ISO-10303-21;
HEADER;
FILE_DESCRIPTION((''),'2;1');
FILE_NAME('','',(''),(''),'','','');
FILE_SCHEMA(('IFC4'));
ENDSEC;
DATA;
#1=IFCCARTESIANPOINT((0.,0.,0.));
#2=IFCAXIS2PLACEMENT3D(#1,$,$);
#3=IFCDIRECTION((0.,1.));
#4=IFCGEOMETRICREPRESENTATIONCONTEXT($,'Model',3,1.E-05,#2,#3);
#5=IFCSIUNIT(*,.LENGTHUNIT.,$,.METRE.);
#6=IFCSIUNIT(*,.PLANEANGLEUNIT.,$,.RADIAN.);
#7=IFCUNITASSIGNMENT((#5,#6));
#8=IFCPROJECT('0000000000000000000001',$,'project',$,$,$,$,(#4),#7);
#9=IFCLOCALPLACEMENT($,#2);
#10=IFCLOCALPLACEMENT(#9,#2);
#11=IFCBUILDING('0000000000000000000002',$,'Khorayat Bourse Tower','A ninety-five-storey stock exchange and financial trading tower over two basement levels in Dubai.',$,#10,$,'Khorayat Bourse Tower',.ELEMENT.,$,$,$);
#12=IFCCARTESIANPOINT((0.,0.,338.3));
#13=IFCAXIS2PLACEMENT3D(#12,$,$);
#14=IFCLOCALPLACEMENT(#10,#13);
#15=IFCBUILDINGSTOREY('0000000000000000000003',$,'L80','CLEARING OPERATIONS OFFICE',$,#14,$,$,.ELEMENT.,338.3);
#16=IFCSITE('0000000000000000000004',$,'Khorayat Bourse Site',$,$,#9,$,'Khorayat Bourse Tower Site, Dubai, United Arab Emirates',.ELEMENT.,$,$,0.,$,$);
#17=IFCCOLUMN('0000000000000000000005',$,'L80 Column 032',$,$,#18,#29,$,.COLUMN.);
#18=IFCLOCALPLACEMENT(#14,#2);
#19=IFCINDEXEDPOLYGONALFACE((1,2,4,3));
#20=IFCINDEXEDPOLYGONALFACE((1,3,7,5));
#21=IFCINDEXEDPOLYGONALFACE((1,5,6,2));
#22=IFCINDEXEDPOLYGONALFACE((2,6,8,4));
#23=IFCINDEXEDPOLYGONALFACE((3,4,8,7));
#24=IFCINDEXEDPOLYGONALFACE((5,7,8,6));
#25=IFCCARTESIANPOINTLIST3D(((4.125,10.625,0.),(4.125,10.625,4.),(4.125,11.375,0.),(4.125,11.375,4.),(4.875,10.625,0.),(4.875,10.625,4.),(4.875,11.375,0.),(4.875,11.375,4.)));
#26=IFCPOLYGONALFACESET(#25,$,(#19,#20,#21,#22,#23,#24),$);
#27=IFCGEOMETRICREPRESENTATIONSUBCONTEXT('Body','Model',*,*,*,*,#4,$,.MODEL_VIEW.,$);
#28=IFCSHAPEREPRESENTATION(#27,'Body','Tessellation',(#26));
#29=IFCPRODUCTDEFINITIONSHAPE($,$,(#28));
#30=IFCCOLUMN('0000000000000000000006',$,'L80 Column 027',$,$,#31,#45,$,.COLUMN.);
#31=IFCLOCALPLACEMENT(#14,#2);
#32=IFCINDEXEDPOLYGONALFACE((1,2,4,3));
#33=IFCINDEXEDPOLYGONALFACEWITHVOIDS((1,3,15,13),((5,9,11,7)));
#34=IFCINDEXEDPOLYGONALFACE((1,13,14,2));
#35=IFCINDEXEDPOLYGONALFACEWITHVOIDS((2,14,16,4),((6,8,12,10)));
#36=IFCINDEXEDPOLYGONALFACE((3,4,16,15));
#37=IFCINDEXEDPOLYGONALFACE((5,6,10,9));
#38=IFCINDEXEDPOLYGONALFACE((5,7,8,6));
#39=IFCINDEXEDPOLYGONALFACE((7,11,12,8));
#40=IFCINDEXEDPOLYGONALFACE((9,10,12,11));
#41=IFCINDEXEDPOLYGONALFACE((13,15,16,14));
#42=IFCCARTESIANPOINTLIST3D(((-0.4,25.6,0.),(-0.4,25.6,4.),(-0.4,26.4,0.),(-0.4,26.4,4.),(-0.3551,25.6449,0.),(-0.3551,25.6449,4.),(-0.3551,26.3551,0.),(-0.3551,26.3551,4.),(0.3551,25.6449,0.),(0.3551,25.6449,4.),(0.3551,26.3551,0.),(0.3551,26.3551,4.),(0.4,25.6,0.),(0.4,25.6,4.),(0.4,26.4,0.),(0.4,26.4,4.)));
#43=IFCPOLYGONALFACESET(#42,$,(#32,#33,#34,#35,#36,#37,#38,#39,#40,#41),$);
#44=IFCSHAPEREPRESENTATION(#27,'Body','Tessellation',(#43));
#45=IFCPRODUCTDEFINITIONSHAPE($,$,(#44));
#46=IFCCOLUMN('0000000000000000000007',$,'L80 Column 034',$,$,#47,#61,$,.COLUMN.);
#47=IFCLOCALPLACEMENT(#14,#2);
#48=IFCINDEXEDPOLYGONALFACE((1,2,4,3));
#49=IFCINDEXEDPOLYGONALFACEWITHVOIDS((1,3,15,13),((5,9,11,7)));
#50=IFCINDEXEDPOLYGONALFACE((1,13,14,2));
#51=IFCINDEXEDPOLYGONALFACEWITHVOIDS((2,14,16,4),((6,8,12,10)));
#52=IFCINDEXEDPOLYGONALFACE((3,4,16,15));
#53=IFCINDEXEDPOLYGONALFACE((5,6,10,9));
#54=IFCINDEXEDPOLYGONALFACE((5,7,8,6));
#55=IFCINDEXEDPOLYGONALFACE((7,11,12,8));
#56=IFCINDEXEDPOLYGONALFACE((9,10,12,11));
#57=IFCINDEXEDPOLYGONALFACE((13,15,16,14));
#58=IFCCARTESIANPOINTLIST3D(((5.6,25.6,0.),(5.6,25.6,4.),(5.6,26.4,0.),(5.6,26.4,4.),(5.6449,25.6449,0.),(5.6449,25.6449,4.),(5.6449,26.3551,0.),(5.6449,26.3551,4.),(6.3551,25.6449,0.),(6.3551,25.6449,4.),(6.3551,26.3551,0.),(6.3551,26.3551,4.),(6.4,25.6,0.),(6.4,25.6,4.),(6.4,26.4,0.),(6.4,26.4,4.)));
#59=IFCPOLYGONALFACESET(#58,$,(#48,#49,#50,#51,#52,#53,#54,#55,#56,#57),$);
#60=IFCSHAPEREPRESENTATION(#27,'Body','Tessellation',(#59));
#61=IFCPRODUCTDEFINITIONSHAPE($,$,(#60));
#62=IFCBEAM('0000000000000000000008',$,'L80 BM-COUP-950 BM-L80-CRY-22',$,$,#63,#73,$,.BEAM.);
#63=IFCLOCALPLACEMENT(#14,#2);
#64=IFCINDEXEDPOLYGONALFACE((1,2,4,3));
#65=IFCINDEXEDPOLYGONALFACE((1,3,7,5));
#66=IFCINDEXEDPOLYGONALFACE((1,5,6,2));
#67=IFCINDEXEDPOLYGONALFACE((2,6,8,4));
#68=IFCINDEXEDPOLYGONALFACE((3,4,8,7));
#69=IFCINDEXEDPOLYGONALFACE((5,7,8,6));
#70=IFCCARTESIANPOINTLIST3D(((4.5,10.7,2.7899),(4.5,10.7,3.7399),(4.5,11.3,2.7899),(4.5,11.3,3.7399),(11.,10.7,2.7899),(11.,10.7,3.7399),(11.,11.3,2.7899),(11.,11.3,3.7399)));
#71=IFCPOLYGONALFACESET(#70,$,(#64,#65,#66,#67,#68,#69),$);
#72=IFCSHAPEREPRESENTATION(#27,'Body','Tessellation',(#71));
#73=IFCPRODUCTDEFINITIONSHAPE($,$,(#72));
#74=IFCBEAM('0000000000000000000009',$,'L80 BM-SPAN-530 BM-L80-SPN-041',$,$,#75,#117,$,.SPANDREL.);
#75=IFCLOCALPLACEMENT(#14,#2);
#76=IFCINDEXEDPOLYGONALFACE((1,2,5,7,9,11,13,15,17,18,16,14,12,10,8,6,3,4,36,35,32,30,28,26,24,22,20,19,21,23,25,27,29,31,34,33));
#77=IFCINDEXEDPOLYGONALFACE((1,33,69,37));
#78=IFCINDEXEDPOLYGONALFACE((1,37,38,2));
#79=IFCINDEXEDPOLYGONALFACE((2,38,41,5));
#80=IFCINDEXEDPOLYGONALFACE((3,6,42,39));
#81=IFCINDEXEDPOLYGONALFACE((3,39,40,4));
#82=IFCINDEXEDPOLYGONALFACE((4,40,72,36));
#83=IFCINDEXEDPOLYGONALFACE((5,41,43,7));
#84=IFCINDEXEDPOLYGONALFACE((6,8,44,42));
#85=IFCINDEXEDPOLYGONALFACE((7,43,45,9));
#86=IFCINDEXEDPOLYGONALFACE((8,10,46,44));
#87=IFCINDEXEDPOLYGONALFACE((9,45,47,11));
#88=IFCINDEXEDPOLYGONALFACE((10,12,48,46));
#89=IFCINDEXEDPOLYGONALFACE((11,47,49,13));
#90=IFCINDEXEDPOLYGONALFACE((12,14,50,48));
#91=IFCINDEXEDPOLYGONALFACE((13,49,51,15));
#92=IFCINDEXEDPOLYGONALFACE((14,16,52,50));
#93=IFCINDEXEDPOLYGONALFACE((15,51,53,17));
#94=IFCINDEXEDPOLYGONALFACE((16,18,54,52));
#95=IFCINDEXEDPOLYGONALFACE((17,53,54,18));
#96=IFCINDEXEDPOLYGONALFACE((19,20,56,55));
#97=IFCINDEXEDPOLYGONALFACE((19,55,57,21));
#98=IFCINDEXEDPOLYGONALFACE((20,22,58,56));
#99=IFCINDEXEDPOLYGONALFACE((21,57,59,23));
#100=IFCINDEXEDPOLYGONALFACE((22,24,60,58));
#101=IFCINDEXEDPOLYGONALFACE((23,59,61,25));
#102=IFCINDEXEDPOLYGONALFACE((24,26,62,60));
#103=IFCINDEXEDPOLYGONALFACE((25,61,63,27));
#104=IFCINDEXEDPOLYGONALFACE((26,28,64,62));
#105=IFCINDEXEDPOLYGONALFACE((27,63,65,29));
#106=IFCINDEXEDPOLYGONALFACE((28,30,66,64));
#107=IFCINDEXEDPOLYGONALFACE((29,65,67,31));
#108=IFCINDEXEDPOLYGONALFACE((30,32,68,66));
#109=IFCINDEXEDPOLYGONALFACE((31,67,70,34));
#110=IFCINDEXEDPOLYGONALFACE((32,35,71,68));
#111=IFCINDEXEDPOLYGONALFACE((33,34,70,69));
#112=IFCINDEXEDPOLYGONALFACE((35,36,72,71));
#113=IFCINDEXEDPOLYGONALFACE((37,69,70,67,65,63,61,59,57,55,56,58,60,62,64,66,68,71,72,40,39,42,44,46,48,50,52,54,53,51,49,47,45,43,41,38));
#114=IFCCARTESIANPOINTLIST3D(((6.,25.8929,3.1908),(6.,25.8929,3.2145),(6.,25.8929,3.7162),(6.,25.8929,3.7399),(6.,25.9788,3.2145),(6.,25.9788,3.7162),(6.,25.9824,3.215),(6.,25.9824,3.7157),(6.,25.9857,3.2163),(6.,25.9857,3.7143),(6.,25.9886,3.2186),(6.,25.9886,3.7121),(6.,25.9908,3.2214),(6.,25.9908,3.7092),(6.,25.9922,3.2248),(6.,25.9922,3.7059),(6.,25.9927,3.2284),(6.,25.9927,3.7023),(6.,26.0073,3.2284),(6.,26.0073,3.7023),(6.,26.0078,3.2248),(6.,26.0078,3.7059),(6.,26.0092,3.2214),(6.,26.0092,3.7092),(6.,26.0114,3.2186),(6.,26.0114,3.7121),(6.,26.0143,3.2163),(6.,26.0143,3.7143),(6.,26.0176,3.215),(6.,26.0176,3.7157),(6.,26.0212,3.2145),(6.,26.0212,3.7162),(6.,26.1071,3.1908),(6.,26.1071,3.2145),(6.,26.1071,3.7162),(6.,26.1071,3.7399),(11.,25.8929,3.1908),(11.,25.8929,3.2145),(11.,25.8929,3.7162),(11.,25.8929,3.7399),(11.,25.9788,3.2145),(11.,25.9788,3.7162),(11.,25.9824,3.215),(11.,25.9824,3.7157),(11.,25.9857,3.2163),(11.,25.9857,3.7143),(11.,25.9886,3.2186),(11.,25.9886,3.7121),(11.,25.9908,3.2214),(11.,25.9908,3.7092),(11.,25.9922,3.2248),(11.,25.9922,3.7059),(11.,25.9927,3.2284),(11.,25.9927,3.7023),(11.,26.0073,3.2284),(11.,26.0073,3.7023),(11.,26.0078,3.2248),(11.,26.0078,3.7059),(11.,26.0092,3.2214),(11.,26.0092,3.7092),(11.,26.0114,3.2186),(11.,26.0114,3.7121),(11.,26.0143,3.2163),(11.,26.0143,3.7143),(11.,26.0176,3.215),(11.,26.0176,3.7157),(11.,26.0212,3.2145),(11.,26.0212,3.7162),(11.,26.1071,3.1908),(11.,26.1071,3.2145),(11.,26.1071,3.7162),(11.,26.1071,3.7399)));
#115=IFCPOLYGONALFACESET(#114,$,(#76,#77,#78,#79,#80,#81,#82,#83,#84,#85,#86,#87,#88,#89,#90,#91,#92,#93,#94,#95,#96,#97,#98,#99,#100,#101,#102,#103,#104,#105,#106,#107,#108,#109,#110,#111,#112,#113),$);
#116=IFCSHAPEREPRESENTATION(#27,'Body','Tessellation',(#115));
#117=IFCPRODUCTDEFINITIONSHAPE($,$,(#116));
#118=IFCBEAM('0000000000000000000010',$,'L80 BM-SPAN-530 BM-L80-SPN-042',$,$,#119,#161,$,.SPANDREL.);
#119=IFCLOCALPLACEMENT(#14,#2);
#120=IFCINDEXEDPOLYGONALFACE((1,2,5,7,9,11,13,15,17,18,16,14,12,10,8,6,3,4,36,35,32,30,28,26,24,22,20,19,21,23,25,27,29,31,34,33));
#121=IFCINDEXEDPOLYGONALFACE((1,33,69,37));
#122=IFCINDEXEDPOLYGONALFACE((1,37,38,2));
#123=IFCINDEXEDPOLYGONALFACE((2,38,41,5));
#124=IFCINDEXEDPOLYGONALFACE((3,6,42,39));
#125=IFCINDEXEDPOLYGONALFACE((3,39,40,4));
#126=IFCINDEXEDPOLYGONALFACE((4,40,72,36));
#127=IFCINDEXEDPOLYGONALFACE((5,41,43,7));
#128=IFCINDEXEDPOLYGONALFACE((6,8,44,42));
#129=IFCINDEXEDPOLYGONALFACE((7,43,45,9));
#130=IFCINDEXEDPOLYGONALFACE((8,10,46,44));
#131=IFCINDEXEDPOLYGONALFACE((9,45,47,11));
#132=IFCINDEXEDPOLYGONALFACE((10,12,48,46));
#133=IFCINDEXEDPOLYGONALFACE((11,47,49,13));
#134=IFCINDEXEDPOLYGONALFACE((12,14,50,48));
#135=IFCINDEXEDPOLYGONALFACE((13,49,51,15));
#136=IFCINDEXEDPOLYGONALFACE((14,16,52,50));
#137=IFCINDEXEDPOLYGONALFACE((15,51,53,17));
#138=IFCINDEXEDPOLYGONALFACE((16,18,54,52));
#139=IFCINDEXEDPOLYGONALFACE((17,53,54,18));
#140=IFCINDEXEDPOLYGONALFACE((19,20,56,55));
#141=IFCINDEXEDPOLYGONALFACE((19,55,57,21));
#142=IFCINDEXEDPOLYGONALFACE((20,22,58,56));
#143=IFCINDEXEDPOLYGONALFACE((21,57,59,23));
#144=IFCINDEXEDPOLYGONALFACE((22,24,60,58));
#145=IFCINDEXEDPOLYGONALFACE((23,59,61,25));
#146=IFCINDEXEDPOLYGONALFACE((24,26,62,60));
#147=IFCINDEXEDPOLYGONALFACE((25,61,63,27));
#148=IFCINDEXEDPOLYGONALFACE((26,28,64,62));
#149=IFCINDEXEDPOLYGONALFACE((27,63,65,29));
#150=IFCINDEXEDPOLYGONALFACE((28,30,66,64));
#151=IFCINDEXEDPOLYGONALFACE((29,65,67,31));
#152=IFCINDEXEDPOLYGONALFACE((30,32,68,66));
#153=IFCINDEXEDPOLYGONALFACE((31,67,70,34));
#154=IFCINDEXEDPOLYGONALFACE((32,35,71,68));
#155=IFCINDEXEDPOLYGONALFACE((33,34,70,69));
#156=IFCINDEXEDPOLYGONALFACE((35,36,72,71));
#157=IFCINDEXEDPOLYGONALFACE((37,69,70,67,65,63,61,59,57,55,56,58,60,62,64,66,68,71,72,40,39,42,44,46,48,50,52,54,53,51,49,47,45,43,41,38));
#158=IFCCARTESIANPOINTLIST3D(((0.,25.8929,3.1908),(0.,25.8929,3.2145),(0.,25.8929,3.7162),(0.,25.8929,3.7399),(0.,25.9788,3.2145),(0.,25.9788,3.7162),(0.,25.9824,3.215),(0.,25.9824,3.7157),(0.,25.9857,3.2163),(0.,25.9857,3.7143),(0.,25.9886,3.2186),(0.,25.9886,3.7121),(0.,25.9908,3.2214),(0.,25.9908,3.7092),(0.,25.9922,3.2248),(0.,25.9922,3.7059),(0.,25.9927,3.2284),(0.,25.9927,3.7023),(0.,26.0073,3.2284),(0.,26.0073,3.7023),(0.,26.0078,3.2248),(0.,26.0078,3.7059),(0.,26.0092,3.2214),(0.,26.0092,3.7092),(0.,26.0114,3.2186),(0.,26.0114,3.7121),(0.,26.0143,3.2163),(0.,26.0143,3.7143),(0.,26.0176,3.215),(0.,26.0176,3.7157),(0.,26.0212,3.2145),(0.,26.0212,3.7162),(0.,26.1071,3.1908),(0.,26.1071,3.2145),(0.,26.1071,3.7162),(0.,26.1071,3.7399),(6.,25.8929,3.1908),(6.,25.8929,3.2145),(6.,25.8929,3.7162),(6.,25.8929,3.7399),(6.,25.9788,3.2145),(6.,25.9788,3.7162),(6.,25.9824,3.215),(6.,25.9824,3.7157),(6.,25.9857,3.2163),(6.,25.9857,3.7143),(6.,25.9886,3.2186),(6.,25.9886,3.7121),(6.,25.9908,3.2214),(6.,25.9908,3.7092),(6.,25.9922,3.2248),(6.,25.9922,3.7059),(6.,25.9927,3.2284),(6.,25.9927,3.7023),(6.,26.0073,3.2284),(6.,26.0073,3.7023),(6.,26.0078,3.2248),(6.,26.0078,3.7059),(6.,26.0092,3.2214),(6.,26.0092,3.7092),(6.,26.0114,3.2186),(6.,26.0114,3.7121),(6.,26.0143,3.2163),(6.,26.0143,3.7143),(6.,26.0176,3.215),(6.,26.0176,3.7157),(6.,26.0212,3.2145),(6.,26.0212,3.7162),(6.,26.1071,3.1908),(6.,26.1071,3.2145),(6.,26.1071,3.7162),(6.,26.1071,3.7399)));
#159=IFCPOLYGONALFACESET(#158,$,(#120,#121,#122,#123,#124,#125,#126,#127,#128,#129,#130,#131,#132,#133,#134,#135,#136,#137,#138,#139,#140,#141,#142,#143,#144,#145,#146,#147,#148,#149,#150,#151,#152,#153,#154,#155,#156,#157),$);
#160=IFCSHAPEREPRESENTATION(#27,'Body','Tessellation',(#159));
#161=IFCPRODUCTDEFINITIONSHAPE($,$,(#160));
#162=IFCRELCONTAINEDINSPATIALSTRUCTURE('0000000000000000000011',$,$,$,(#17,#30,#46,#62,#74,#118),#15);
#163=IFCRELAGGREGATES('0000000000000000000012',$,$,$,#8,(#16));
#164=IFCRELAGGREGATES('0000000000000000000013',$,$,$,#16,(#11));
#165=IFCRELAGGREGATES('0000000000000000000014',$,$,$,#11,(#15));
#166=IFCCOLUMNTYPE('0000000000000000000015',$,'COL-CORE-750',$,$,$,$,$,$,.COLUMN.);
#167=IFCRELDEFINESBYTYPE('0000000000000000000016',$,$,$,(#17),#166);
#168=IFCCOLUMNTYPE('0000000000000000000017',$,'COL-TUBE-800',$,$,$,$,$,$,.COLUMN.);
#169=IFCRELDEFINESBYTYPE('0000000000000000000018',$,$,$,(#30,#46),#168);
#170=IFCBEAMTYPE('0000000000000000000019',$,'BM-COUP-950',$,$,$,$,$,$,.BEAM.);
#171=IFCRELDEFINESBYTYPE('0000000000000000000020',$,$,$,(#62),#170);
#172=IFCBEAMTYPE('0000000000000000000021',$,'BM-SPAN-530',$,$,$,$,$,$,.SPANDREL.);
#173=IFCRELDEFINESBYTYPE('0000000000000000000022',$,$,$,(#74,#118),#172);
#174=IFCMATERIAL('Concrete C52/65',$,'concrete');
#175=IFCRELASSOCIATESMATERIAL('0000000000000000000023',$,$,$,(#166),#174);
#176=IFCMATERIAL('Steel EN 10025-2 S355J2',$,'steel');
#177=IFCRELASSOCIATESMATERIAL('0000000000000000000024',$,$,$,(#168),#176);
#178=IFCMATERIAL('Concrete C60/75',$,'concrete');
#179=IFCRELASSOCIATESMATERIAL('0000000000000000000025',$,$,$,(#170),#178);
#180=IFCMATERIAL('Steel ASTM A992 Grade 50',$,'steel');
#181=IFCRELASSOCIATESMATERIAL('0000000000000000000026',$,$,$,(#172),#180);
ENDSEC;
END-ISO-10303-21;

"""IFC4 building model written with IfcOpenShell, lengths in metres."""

from ifc_helpers import new_model, si_unit, direction, frame, origin, origin_2d, place, context, subcontext, project, spatial, rectangle, hollow_rectangle, i_section, extrude, source, transform, mapped, material, material_profile, profile_set, type_object, element, save


model = new_model("IFC4")

# Units and contexts
model_context = context("Model", 3, precision=1e-05, world=origin(), true_north=direction((0.0, 1.0)))
body_context = subcontext(model_context, "Body", "Model", "MODEL_VIEW")
ifc_project = project(units=[si_unit("LENGTHUNIT", "METRE"), si_unit("PLANEANGLEUNIT", "RADIAN")], contexts=[model_context])

# Site, building, storey
site_placement = place(None, origin())
site = spatial("IfcSite", under=ifc_project, at=site_placement, Name="Khorayat Bourse Site", LongName="Khorayat Bourse Tower Site, Dubai, United Arab Emirates", CompositionType="ELEMENT", RefElevation=0.0)
building_placement = place(site_placement, origin())
building = spatial("IfcBuilding", under=site, at=building_placement, Name="Khorayat Bourse Tower", Description="A ninety-five-storey stock exchange and financial trading tower over two basement levels in Dubai.", LongName="Khorayat Bourse Tower", CompositionType="ELEMENT")
storey_placement = place(building_placement, frame((0.0, 0.0, 338.3)))
storey = spatial("IfcBuildingStorey", under=building, at=storey_placement, Name="L80", Description="CLEARING OPERATIONS OFFICE", CompositionType="ELEMENT", Elevation=338.3)

# Columns
ifc_material_1 = material(Name="Concrete C52/65", Category="concrete")
ifc_material_profile_1 = material_profile(ifc_material_1, rectangle(XDim=0.75, YDim=0.75, at=origin_2d()), Name="RC 750x750")
ifc_profile_set_1 = profile_set([ifc_material_profile_1], Name="Concrete C52/65")
column_type_1 = type_object("IfcColumnType", Name="COL-CORE-750", PredefinedType="COLUMN", material=ifc_profile_set_1)
shared_shape_1 = source(origin(), body_context, "Body", "SweptSolid", [
    extrude(rectangle(XDim=0.75, YDim=0.75, at=origin_2d()), origin(), (0.0, 0.0, 1.0), 4.0),
])
column_placement = place(storey_placement, frame((4.5, 11.0, 0.0), z_axis=(0.0, 0.0, 1.0), x_axis=(1.0, 0.0, 0.0)))
element("IfcColumn", 1, at=column_placement, inside=storey, type_object=column_type_1, Name="L80 Column 032", PredefinedType="COLUMN", context=body_context, shape_type="MappedRepresentation", body=[
    mapped(shared_shape_1, transform((0.0, 0.0, 0.0), scale=1.0)),
])
ifc_material_2 = material(Name="Steel EN 10025-2 S355J2", Category="steel")
ifc_material_profile_2 = material_profile(ifc_material_2, hollow_rectangle(XDim=0.8, YDim=0.8, WallThickness=0.0449, at=origin_2d()), Name="BOX 800x800x45")
ifc_profile_set_2 = profile_set([ifc_material_profile_2], Name="Steel EN 10025-2 S355J2")
column_type_2 = type_object("IfcColumnType", Name="COL-TUBE-800", PredefinedType="COLUMN", material=ifc_profile_set_2)
shared_shape_2 = source(origin(), body_context, "Body", "SweptSolid", [
    extrude(hollow_rectangle(XDim=0.8, YDim=0.8, WallThickness=0.0449, at=origin_2d()), origin(), (0.0, 0.0, 1.0), 4.0),
])
for number, where, z_axis, x_axis, name in (
    (2, (0.0, 26.0, 0.0), (0.0, 0.0, 1.0), (1.0, 0.0, 0.0), "L80 Column 027"),
    (3, (6.0, 26.0, 0.0), (0.0, 0.0, 1.0), (1.0, 0.0, 0.0), "L80 Column 034"),
):
    element("IfcColumn", number, at=place(storey_placement, frame(where, z_axis=z_axis, x_axis=x_axis)), inside=storey, type_object=column_type_2, Name=name, PredefinedType="COLUMN", context=body_context, shape_type="MappedRepresentation", body=[
        mapped(shared_shape_2, transform((0.0, 0.0, 0.0), scale=1.0)),
    ])

# Beams
ifc_material_3 = material(Name="Concrete C60/75", Category="concrete")
ifc_material_profile_3 = material_profile(ifc_material_3, rectangle(XDim=0.6001, YDim=0.95, at=origin_2d()), Name="RC 600x950")
ifc_profile_set_3 = profile_set([ifc_material_profile_3], Name="Concrete C60/75")
beam_type_1 = type_object("IfcBeamType", Name="BM-COUP-950", PredefinedType="BEAM", material=ifc_profile_set_3)
shared_shape_3 = source(origin(), body_context, "Body", "SweptSolid", [
    extrude(rectangle(XDim=0.6001, YDim=0.95, at=origin_2d()), origin(), (0.0, 0.0, 1.0), 6.5),
])
beam_1_placement = place(storey_placement, frame((4.5, 11.0, 3.2649), z_axis=(1.0, 0.0, 0.0), x_axis=(0.0, 1.0, 0.0)))
element("IfcBeam", 4, at=beam_1_placement, inside=storey, type_object=beam_type_1, Name="L80 BM-COUP-950 BM-L80-CRY-22", PredefinedType="BEAM", context=body_context, shape_type="MappedRepresentation", body=[
    mapped(shared_shape_3, transform((0.0, 0.0, 0.0), scale=1.0)),
])
ifc_material_4 = material(Name="Steel ASTM A992 Grade 50", Category="steel")
ifc_material_profile_4 = material_profile(ifc_material_4, i_section(OverallWidth=0.2141, OverallDepth=0.5491, WebThickness=0.0146, FlangeThickness=0.0237, FilletRadius=0.0139, at=origin_2d()), Name="W530X138")
ifc_profile_set_4 = profile_set([ifc_material_profile_4], Name="Steel ASTM A992 Grade 50")
beam_type_2 = type_object("IfcBeamType", Name="BM-SPAN-530", PredefinedType="SPANDREL", material=ifc_profile_set_4)
shared_shape_4 = source(origin(), body_context, "Body", "SweptSolid", [
    extrude(i_section(OverallWidth=0.2141, OverallDepth=0.5491, WebThickness=0.0146, FlangeThickness=0.0237, FilletRadius=0.0139, at=origin_2d()), origin(), (0.0, 0.0, 1.0), 5.0),
])
beam_2_placement = place(storey_placement, frame((6.0, 26.0, 3.4653), z_axis=(1.0, 0.0, 0.0), x_axis=(0.0, 1.0, 0.0)))
element("IfcBeam", 5, at=beam_2_placement, inside=storey, type_object=beam_type_2, Name="L80 BM-SPAN-530 BM-L80-SPN-041", PredefinedType="SPANDREL", context=body_context, shape_type="MappedRepresentation", body=[
    mapped(shared_shape_4, transform((0.0, 0.0, 0.0), scale=1.0)),
])
shared_shape_5 = source(origin(), body_context, "Body", "SweptSolid", [
    extrude(i_section(OverallWidth=0.2141, OverallDepth=0.5491, WebThickness=0.0146, FlangeThickness=0.0237, FilletRadius=0.0139, at=origin_2d()), origin(), (0.0, 0.0, 1.0), 6.0),
])
beam_3_placement = place(storey_placement, frame((0.0, 26.0, 3.4653), z_axis=(1.0, 0.0, 0.0), x_axis=(0.0, 1.0, 0.0)))
element("IfcBeam", 6, at=beam_3_placement, inside=storey, type_object=beam_type_2, Name="L80 BM-SPAN-530 BM-L80-SPN-042", PredefinedType="SPANDREL", context=body_context, shape_type="MappedRepresentation", body=[
    mapped(shared_shape_5, transform((0.0, 0.0, 0.0), scale=1.0)),
])

save(model, "model.ifc")
